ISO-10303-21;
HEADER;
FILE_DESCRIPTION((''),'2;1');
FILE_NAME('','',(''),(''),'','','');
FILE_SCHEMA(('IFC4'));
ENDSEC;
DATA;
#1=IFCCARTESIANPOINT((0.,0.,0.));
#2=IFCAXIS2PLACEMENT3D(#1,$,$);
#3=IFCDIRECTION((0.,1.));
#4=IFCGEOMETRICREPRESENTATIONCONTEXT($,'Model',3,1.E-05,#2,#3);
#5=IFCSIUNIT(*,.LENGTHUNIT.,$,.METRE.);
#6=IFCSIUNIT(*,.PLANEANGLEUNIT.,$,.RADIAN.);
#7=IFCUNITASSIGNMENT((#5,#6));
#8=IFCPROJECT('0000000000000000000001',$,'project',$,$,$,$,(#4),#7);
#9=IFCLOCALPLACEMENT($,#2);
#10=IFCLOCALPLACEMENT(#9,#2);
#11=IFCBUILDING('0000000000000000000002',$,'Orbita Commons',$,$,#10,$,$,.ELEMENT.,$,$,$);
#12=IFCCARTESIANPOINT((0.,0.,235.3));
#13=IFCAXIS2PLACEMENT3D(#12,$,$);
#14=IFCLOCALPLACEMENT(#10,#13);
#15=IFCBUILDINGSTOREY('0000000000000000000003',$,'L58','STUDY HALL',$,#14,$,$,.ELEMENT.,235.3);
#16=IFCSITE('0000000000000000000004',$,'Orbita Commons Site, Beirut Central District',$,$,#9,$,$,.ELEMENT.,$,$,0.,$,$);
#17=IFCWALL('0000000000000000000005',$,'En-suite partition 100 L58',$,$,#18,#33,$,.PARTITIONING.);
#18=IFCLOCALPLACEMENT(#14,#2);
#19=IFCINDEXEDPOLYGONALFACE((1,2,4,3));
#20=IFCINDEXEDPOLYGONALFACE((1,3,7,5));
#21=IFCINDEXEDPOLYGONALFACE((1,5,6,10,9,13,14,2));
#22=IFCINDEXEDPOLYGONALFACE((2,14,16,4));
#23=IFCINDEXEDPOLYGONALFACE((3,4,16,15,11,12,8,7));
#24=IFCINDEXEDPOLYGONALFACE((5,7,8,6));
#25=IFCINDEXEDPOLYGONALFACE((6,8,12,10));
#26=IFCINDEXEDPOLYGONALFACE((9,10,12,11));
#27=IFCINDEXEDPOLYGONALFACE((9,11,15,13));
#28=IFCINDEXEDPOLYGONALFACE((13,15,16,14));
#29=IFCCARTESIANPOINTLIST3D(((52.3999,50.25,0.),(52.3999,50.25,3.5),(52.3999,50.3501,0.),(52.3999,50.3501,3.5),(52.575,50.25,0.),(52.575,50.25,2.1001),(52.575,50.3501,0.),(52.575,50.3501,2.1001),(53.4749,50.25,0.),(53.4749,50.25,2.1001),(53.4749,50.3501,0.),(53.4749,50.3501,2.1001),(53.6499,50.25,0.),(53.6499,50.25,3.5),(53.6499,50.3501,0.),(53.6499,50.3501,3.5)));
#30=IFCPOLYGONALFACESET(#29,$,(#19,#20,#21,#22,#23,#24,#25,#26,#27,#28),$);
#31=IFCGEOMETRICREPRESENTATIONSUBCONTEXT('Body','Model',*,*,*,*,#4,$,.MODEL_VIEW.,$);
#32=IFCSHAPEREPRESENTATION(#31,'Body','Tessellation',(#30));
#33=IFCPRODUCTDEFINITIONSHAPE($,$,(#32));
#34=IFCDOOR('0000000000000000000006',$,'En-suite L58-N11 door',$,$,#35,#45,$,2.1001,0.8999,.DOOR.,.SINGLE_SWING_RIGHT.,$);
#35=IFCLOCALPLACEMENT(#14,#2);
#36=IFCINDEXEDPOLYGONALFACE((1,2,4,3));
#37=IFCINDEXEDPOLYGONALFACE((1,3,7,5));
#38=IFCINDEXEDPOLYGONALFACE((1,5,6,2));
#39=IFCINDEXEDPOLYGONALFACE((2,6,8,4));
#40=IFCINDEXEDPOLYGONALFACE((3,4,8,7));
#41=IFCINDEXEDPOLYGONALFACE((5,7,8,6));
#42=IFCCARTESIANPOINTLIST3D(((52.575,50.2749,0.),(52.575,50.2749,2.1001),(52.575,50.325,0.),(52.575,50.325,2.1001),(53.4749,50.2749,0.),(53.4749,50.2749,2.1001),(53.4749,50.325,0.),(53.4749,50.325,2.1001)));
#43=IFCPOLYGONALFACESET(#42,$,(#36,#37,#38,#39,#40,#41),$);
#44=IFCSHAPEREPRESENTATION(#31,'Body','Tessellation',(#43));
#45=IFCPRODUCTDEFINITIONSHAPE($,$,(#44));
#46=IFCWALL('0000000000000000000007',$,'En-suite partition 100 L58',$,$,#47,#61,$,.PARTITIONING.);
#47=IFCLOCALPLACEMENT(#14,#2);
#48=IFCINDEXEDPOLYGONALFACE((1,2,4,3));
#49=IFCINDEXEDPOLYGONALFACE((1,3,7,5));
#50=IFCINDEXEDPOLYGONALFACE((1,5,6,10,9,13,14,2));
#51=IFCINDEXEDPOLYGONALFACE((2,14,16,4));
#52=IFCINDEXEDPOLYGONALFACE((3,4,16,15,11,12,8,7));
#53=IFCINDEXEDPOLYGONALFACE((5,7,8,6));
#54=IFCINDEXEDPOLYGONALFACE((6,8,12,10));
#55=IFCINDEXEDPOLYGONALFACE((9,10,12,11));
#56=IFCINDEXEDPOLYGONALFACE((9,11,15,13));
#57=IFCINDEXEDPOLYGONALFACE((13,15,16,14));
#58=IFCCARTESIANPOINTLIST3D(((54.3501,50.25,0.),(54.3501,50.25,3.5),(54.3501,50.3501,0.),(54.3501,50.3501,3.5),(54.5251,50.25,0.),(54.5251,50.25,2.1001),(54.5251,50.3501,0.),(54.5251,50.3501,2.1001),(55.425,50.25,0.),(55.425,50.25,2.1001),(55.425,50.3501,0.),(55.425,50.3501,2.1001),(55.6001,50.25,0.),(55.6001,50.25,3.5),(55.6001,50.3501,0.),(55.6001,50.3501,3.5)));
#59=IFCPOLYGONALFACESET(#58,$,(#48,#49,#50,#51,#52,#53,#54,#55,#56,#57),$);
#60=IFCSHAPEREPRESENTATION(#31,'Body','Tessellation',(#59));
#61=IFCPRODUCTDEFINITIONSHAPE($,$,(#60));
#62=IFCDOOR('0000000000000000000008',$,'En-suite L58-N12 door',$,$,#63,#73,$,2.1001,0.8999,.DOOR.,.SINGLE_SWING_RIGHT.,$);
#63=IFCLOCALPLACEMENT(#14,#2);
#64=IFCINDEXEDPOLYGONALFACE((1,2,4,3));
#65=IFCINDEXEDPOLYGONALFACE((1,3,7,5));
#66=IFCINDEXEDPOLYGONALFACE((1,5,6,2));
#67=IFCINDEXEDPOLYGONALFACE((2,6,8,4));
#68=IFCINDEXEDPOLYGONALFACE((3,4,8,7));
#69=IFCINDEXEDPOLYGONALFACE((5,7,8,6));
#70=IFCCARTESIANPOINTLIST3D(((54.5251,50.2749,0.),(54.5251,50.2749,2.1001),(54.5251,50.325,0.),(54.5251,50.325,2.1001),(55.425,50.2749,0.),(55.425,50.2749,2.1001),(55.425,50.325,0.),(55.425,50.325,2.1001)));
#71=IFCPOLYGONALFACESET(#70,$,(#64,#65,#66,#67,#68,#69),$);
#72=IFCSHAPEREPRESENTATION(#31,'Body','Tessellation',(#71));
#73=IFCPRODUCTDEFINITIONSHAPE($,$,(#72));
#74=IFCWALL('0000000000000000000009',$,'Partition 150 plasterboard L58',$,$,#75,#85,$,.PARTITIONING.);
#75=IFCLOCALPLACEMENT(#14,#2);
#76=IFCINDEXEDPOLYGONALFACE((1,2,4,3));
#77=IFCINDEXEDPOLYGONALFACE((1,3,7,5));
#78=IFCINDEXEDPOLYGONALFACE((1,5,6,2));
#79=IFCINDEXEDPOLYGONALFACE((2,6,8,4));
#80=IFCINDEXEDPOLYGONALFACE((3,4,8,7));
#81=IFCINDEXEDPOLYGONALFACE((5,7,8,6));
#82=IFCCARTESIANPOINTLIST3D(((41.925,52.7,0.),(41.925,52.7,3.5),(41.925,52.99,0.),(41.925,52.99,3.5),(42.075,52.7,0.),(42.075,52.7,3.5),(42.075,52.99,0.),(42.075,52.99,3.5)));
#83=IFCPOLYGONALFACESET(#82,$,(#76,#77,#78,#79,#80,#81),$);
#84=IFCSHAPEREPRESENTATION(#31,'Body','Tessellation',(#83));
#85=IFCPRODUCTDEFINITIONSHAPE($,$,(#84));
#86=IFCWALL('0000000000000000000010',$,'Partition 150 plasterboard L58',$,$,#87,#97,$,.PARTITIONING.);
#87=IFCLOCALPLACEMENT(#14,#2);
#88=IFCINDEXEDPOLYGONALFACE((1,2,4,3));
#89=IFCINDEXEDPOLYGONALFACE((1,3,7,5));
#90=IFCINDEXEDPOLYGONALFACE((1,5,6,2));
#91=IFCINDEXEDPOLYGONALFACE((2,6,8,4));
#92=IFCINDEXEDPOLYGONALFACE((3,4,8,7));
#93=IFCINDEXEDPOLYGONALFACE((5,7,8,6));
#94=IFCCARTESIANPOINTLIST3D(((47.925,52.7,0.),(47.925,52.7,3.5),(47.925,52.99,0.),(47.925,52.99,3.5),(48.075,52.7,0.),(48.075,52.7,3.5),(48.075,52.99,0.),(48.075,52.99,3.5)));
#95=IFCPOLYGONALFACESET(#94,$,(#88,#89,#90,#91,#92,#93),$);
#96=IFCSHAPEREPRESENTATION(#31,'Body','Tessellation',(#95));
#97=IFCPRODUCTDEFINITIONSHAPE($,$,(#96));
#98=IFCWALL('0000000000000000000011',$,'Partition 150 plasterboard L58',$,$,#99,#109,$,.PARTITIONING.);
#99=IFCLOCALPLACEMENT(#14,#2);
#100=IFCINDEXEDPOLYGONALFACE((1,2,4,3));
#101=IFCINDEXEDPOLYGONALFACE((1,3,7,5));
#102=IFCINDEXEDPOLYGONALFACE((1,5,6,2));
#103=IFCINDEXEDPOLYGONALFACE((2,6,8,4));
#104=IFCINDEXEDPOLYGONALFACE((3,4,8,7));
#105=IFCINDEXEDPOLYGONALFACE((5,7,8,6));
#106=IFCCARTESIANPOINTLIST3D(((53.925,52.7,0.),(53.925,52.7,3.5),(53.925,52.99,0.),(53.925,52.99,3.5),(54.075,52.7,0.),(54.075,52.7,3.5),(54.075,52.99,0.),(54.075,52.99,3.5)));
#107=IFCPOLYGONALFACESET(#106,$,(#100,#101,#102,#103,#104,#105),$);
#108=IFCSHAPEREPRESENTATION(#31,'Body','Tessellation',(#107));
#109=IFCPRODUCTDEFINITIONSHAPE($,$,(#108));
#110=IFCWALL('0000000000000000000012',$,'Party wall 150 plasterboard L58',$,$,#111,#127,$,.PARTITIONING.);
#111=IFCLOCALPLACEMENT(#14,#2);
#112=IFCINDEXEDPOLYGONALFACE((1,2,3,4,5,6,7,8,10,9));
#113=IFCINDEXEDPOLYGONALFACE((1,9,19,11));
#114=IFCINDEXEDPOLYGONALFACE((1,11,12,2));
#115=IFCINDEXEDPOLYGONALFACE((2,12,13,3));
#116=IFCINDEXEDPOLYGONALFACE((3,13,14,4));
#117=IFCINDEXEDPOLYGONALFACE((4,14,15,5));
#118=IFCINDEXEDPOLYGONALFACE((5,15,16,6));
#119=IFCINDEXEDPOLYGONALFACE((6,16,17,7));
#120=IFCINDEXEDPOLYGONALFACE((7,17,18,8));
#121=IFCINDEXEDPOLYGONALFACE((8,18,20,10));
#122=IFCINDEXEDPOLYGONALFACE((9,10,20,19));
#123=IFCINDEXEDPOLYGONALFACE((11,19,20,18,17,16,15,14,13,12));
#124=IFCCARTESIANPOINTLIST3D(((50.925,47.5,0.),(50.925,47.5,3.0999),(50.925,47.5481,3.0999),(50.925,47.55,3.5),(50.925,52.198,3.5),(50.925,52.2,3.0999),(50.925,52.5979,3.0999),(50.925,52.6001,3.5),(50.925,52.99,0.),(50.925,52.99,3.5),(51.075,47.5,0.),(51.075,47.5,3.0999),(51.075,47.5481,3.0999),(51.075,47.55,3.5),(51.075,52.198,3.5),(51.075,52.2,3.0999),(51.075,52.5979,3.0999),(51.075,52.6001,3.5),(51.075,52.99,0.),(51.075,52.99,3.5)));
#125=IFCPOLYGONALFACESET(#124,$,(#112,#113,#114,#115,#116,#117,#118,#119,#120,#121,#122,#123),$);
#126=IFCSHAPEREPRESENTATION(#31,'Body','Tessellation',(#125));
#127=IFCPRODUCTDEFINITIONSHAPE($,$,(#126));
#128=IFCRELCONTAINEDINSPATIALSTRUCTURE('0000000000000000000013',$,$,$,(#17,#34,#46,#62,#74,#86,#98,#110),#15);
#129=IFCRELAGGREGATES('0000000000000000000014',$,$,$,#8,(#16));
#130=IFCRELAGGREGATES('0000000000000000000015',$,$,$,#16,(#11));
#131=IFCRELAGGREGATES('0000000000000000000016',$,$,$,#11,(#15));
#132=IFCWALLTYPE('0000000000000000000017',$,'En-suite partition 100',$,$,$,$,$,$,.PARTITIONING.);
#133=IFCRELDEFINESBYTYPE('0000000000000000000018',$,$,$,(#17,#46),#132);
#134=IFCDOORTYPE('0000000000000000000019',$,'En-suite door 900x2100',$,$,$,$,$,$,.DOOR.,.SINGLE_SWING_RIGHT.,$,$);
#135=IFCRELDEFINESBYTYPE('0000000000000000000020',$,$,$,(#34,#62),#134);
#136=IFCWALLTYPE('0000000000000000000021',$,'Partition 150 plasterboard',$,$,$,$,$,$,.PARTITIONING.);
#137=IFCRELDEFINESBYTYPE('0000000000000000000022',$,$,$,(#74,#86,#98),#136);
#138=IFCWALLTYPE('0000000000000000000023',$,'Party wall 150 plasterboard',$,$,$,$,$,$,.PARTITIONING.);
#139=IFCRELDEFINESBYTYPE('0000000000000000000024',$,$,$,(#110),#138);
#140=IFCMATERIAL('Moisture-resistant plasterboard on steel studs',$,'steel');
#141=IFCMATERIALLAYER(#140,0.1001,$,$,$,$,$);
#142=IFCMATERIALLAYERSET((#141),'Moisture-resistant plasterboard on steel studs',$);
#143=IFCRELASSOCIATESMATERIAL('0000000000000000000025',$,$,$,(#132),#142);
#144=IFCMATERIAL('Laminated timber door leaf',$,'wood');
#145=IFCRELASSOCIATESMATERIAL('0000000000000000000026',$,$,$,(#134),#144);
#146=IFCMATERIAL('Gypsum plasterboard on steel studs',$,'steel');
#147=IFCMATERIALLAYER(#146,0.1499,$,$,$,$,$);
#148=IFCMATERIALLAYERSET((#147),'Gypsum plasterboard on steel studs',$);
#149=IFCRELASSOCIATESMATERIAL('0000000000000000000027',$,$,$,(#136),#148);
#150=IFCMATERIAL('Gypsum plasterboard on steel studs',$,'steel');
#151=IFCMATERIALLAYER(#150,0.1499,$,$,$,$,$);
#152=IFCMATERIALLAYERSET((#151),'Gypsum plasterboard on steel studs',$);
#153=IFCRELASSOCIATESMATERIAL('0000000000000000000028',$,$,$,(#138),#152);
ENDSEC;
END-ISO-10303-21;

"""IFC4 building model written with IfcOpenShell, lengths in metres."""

from ifc_helpers import new_model, si_unit, direction, frame, frame_2d, origin, place, context, subcontext, project, spatial, polyline, rectangle, outline, extrude, material, layer, layer_set, type_object, element, fill, save


model = new_model("IFC4")

# Units and contexts
model_context = context("Model", 3, precision=1e-05, world=origin(), true_north=direction((0.0, 1.0)))
body_context = subcontext(model_context, "Body", "Model", "MODEL_VIEW")
ifc_project = project(units=[si_unit("LENGTHUNIT", "METRE"), si_unit("PLANEANGLEUNIT", "RADIAN")], contexts=[model_context])

# Site, building, storey
site_placement = place(None, origin())
site = spatial("IfcSite", under=ifc_project, at=site_placement, Name="Orbita Commons Site, Beirut Central District", CompositionType="ELEMENT", RefElevation=0.0)
building_placement = place(site_placement, origin())
building = spatial("IfcBuilding", under=site, at=building_placement, Name="Orbita Commons", CompositionType="ELEMENT")
storey_placement = place(building_placement, frame((0.0, 0.0, 235.3)))
storey = spatial("IfcBuildingStorey", under=building, at=storey_placement, Name="L58", Description="STUDY HALL", CompositionType="ELEMENT", Elevation=235.3)

# Walls, openings, doors
ifc_material_1 = material(Name="Moisture-resistant plasterboard on steel studs", Category="steel")
ifc_layer_1 = layer(ifc_material_1, 0.1001)
ifc_layer_set_1 = layer_set([ifc_layer_1], Name="Moisture-resistant plasterboard on steel studs")
wall_type_1 = type_object("IfcWallType", Name="En-suite partition 100", PredefinedType="PARTITIONING", material=ifc_layer_set_1)
ifc_material_2 = material(Name="Laminated timber door leaf", Category="wood")
door_type = type_object("IfcDoorType", Name="En-suite door 900x2100", OperationType="SINGLE_SWING_RIGHT", PredefinedType="DOOR", material=ifc_material_2)
wall_1_placement = place(storey_placement, frame((52.3999, 50.3, 0.0), z_axis=(0.0, 0.0, 1.0), x_axis=(1.0, 0.0, 0.0)))
wall_1 = element("IfcWall", 1, at=wall_1_placement, inside=storey, type_object=wall_type_1, Name="En-suite partition 100 L58", PredefinedType="PARTITIONING", context=body_context, shape_type="SweptSolid", body=[
    extrude(rectangle(XDim=1.25, YDim=0.1001, at=frame_2d((0.625, 0.0))), origin(), (0.0, 0.0, 1.0), 3.5),
])
opening_1_placement = place(wall_1_placement, frame((0.175, 0.0, 0.0)))
opening_1 = element("IfcOpeningElement", 2, at=opening_1_placement, cuts=wall_1, PredefinedType="OPENING", context=body_context, shape_type="SweptSolid", body=[
    extrude(rectangle(XDim=0.8999, YDim=2.1001, at=frame_2d((0.45, 1.05))), frame((0.0, 0.0601, 0.0), z_axis=(0.0, -1.0, 0.0), x_axis=(1.0, 0.0, 0.0)), (0.0, 0.0, 1.0), 0.1201),
])
door_1_placement = place(opening_1_placement, origin())
door_1 = element("IfcDoor", 3, at=door_1_placement, inside=storey, type_object=door_type, Name="En-suite L58-N11 door", OperationType="SINGLE_SWING_RIGHT", OverallHeight=2.1001, OverallWidth=0.8999, PredefinedType="DOOR", context=body_context, shape_type="SweptSolid", body=[
    extrude(rectangle(XDim=0.8999, YDim=2.1001, at=frame_2d((0.45, 1.05))), frame((0.0, 0.0249, 0.0), z_axis=(0.0, -1.0, 0.0), x_axis=(1.0, 0.0, 0.0)), (0.0, 0.0, 1.0), 0.05),
])
fill(opening_1, door_1)
wall_2_placement = place(storey_placement, frame((54.3501, 50.3, 0.0), z_axis=(0.0, 0.0, 1.0), x_axis=(1.0, 0.0, 0.0)))
wall_2 = element("IfcWall", 4, at=wall_2_placement, inside=storey, type_object=wall_type_1, Name="En-suite partition 100 L58", PredefinedType="PARTITIONING", context=body_context, shape_type="SweptSolid", body=[
    extrude(rectangle(XDim=1.25, YDim=0.1001, at=frame_2d((0.625, 0.0))), origin(), (0.0, 0.0, 1.0), 3.5),
])
opening_2_placement = place(wall_2_placement, frame((0.175, 0.0, 0.0)))
opening_2 = element("IfcOpeningElement", 5, at=opening_2_placement, cuts=wall_2, PredefinedType="OPENING", context=body_context, shape_type="SweptSolid", body=[
    extrude(rectangle(XDim=0.8999, YDim=2.1001, at=frame_2d((0.45, 1.05))), frame((0.0, 0.0601, 0.0), z_axis=(0.0, -1.0, 0.0), x_axis=(1.0, 0.0, 0.0)), (0.0, 0.0, 1.0), 0.1201),
])
door_2_placement = place(opening_2_placement, origin())
door_2 = element("IfcDoor", 6, at=door_2_placement, inside=storey, type_object=door_type, Name="En-suite L58-N12 door", OperationType="SINGLE_SWING_RIGHT", OverallHeight=2.1001, OverallWidth=0.8999, PredefinedType="DOOR", context=body_context, shape_type="SweptSolid", body=[
    extrude(rectangle(XDim=0.8999, YDim=2.1001, at=frame_2d((0.45, 1.05))), frame((0.0, 0.0249, 0.0), z_axis=(0.0, -1.0, 0.0), x_axis=(1.0, 0.0, 0.0)), (0.0, 0.0, 1.0), 0.05),
])
fill(opening_2, door_2)

# Walls
ifc_material_3 = material(Name="Gypsum plasterboard on steel studs", Category="steel")
ifc_layer_2 = layer(ifc_material_3, 0.1499)
ifc_layer_set_2 = layer_set([ifc_layer_2], Name="Gypsum plasterboard on steel studs")
wall_type_2 = type_object("IfcWallType", Name="Partition 150 plasterboard", PredefinedType="PARTITIONING", material=ifc_layer_set_2)
for number, where, z_axis, x_axis, name in (
    (7, (42.0, 52.7, 0.0), (0.0, 0.0, 1.0), (0.0, 1.0, 0.0), "Partition 150 plasterboard L58"),
    (8, (48.0, 52.7, 0.0), (0.0, 0.0, 1.0), (0.0, 1.0, 0.0), "Partition 150 plasterboard L58"),
    (9, (54.0, 52.7, 0.0), (0.0, 0.0, 1.0), (0.0, 1.0, 0.0), "Partition 150 plasterboard L58"),
):
    element("IfcWall", number, at=place(storey_placement, frame(where, z_axis=z_axis, x_axis=x_axis)), inside=storey, type_object=wall_type_2, Name=name, PredefinedType="PARTITIONING", context=body_context, shape_type="SweptSolid", body=[
        extrude(rectangle(XDim=0.29, YDim=0.1499, at=frame_2d((0.145, 0.0))), origin(), (0.0, 0.0, 1.0), 3.5),
    ])
ifc_material_4 = material(Name="Gypsum plasterboard on steel studs", Category="steel")
ifc_layer_3 = layer(ifc_material_4, 0.1499)
ifc_layer_set_3 = layer_set([ifc_layer_3], Name="Gypsum plasterboard on steel studs")
wall_type_3 = type_object("IfcWallType", Name="Party wall 150 plasterboard", PredefinedType="PARTITIONING", material=ifc_layer_set_3)
wall_3_placement = place(storey_placement, frame((51.0, 52.99, 0.0), z_axis=(0.0, 0.0, 1.0), x_axis=(0.0, -1.0, 0.0)))
element("IfcWall", 10, at=wall_3_placement, inside=storey, type_object=wall_type_3, Name="Party wall 150 plasterboard L58", PredefinedType="PARTITIONING", context=body_context, shape_type="SweptSolid", body=[
    extrude(outline(polyline([(0.0, 0.0), (5.49, 0.0), (5.49, 3.0999), (5.4419, 3.0999), (5.4399, 3.5), (0.792, 3.5), (0.79, 3.0999), (0.3921, 3.0999), (0.3899, 3.5), (0.0, 3.5), (0.0, 0.0)])), frame((0.0, 0.075, 0.0), z_axis=(0.0, -1.0, 0.0), x_axis=(1.0, 0.0, 0.0)), (0.0, 0.0, 1.0), 0.1499),
])

save(model, "model.ifc")
